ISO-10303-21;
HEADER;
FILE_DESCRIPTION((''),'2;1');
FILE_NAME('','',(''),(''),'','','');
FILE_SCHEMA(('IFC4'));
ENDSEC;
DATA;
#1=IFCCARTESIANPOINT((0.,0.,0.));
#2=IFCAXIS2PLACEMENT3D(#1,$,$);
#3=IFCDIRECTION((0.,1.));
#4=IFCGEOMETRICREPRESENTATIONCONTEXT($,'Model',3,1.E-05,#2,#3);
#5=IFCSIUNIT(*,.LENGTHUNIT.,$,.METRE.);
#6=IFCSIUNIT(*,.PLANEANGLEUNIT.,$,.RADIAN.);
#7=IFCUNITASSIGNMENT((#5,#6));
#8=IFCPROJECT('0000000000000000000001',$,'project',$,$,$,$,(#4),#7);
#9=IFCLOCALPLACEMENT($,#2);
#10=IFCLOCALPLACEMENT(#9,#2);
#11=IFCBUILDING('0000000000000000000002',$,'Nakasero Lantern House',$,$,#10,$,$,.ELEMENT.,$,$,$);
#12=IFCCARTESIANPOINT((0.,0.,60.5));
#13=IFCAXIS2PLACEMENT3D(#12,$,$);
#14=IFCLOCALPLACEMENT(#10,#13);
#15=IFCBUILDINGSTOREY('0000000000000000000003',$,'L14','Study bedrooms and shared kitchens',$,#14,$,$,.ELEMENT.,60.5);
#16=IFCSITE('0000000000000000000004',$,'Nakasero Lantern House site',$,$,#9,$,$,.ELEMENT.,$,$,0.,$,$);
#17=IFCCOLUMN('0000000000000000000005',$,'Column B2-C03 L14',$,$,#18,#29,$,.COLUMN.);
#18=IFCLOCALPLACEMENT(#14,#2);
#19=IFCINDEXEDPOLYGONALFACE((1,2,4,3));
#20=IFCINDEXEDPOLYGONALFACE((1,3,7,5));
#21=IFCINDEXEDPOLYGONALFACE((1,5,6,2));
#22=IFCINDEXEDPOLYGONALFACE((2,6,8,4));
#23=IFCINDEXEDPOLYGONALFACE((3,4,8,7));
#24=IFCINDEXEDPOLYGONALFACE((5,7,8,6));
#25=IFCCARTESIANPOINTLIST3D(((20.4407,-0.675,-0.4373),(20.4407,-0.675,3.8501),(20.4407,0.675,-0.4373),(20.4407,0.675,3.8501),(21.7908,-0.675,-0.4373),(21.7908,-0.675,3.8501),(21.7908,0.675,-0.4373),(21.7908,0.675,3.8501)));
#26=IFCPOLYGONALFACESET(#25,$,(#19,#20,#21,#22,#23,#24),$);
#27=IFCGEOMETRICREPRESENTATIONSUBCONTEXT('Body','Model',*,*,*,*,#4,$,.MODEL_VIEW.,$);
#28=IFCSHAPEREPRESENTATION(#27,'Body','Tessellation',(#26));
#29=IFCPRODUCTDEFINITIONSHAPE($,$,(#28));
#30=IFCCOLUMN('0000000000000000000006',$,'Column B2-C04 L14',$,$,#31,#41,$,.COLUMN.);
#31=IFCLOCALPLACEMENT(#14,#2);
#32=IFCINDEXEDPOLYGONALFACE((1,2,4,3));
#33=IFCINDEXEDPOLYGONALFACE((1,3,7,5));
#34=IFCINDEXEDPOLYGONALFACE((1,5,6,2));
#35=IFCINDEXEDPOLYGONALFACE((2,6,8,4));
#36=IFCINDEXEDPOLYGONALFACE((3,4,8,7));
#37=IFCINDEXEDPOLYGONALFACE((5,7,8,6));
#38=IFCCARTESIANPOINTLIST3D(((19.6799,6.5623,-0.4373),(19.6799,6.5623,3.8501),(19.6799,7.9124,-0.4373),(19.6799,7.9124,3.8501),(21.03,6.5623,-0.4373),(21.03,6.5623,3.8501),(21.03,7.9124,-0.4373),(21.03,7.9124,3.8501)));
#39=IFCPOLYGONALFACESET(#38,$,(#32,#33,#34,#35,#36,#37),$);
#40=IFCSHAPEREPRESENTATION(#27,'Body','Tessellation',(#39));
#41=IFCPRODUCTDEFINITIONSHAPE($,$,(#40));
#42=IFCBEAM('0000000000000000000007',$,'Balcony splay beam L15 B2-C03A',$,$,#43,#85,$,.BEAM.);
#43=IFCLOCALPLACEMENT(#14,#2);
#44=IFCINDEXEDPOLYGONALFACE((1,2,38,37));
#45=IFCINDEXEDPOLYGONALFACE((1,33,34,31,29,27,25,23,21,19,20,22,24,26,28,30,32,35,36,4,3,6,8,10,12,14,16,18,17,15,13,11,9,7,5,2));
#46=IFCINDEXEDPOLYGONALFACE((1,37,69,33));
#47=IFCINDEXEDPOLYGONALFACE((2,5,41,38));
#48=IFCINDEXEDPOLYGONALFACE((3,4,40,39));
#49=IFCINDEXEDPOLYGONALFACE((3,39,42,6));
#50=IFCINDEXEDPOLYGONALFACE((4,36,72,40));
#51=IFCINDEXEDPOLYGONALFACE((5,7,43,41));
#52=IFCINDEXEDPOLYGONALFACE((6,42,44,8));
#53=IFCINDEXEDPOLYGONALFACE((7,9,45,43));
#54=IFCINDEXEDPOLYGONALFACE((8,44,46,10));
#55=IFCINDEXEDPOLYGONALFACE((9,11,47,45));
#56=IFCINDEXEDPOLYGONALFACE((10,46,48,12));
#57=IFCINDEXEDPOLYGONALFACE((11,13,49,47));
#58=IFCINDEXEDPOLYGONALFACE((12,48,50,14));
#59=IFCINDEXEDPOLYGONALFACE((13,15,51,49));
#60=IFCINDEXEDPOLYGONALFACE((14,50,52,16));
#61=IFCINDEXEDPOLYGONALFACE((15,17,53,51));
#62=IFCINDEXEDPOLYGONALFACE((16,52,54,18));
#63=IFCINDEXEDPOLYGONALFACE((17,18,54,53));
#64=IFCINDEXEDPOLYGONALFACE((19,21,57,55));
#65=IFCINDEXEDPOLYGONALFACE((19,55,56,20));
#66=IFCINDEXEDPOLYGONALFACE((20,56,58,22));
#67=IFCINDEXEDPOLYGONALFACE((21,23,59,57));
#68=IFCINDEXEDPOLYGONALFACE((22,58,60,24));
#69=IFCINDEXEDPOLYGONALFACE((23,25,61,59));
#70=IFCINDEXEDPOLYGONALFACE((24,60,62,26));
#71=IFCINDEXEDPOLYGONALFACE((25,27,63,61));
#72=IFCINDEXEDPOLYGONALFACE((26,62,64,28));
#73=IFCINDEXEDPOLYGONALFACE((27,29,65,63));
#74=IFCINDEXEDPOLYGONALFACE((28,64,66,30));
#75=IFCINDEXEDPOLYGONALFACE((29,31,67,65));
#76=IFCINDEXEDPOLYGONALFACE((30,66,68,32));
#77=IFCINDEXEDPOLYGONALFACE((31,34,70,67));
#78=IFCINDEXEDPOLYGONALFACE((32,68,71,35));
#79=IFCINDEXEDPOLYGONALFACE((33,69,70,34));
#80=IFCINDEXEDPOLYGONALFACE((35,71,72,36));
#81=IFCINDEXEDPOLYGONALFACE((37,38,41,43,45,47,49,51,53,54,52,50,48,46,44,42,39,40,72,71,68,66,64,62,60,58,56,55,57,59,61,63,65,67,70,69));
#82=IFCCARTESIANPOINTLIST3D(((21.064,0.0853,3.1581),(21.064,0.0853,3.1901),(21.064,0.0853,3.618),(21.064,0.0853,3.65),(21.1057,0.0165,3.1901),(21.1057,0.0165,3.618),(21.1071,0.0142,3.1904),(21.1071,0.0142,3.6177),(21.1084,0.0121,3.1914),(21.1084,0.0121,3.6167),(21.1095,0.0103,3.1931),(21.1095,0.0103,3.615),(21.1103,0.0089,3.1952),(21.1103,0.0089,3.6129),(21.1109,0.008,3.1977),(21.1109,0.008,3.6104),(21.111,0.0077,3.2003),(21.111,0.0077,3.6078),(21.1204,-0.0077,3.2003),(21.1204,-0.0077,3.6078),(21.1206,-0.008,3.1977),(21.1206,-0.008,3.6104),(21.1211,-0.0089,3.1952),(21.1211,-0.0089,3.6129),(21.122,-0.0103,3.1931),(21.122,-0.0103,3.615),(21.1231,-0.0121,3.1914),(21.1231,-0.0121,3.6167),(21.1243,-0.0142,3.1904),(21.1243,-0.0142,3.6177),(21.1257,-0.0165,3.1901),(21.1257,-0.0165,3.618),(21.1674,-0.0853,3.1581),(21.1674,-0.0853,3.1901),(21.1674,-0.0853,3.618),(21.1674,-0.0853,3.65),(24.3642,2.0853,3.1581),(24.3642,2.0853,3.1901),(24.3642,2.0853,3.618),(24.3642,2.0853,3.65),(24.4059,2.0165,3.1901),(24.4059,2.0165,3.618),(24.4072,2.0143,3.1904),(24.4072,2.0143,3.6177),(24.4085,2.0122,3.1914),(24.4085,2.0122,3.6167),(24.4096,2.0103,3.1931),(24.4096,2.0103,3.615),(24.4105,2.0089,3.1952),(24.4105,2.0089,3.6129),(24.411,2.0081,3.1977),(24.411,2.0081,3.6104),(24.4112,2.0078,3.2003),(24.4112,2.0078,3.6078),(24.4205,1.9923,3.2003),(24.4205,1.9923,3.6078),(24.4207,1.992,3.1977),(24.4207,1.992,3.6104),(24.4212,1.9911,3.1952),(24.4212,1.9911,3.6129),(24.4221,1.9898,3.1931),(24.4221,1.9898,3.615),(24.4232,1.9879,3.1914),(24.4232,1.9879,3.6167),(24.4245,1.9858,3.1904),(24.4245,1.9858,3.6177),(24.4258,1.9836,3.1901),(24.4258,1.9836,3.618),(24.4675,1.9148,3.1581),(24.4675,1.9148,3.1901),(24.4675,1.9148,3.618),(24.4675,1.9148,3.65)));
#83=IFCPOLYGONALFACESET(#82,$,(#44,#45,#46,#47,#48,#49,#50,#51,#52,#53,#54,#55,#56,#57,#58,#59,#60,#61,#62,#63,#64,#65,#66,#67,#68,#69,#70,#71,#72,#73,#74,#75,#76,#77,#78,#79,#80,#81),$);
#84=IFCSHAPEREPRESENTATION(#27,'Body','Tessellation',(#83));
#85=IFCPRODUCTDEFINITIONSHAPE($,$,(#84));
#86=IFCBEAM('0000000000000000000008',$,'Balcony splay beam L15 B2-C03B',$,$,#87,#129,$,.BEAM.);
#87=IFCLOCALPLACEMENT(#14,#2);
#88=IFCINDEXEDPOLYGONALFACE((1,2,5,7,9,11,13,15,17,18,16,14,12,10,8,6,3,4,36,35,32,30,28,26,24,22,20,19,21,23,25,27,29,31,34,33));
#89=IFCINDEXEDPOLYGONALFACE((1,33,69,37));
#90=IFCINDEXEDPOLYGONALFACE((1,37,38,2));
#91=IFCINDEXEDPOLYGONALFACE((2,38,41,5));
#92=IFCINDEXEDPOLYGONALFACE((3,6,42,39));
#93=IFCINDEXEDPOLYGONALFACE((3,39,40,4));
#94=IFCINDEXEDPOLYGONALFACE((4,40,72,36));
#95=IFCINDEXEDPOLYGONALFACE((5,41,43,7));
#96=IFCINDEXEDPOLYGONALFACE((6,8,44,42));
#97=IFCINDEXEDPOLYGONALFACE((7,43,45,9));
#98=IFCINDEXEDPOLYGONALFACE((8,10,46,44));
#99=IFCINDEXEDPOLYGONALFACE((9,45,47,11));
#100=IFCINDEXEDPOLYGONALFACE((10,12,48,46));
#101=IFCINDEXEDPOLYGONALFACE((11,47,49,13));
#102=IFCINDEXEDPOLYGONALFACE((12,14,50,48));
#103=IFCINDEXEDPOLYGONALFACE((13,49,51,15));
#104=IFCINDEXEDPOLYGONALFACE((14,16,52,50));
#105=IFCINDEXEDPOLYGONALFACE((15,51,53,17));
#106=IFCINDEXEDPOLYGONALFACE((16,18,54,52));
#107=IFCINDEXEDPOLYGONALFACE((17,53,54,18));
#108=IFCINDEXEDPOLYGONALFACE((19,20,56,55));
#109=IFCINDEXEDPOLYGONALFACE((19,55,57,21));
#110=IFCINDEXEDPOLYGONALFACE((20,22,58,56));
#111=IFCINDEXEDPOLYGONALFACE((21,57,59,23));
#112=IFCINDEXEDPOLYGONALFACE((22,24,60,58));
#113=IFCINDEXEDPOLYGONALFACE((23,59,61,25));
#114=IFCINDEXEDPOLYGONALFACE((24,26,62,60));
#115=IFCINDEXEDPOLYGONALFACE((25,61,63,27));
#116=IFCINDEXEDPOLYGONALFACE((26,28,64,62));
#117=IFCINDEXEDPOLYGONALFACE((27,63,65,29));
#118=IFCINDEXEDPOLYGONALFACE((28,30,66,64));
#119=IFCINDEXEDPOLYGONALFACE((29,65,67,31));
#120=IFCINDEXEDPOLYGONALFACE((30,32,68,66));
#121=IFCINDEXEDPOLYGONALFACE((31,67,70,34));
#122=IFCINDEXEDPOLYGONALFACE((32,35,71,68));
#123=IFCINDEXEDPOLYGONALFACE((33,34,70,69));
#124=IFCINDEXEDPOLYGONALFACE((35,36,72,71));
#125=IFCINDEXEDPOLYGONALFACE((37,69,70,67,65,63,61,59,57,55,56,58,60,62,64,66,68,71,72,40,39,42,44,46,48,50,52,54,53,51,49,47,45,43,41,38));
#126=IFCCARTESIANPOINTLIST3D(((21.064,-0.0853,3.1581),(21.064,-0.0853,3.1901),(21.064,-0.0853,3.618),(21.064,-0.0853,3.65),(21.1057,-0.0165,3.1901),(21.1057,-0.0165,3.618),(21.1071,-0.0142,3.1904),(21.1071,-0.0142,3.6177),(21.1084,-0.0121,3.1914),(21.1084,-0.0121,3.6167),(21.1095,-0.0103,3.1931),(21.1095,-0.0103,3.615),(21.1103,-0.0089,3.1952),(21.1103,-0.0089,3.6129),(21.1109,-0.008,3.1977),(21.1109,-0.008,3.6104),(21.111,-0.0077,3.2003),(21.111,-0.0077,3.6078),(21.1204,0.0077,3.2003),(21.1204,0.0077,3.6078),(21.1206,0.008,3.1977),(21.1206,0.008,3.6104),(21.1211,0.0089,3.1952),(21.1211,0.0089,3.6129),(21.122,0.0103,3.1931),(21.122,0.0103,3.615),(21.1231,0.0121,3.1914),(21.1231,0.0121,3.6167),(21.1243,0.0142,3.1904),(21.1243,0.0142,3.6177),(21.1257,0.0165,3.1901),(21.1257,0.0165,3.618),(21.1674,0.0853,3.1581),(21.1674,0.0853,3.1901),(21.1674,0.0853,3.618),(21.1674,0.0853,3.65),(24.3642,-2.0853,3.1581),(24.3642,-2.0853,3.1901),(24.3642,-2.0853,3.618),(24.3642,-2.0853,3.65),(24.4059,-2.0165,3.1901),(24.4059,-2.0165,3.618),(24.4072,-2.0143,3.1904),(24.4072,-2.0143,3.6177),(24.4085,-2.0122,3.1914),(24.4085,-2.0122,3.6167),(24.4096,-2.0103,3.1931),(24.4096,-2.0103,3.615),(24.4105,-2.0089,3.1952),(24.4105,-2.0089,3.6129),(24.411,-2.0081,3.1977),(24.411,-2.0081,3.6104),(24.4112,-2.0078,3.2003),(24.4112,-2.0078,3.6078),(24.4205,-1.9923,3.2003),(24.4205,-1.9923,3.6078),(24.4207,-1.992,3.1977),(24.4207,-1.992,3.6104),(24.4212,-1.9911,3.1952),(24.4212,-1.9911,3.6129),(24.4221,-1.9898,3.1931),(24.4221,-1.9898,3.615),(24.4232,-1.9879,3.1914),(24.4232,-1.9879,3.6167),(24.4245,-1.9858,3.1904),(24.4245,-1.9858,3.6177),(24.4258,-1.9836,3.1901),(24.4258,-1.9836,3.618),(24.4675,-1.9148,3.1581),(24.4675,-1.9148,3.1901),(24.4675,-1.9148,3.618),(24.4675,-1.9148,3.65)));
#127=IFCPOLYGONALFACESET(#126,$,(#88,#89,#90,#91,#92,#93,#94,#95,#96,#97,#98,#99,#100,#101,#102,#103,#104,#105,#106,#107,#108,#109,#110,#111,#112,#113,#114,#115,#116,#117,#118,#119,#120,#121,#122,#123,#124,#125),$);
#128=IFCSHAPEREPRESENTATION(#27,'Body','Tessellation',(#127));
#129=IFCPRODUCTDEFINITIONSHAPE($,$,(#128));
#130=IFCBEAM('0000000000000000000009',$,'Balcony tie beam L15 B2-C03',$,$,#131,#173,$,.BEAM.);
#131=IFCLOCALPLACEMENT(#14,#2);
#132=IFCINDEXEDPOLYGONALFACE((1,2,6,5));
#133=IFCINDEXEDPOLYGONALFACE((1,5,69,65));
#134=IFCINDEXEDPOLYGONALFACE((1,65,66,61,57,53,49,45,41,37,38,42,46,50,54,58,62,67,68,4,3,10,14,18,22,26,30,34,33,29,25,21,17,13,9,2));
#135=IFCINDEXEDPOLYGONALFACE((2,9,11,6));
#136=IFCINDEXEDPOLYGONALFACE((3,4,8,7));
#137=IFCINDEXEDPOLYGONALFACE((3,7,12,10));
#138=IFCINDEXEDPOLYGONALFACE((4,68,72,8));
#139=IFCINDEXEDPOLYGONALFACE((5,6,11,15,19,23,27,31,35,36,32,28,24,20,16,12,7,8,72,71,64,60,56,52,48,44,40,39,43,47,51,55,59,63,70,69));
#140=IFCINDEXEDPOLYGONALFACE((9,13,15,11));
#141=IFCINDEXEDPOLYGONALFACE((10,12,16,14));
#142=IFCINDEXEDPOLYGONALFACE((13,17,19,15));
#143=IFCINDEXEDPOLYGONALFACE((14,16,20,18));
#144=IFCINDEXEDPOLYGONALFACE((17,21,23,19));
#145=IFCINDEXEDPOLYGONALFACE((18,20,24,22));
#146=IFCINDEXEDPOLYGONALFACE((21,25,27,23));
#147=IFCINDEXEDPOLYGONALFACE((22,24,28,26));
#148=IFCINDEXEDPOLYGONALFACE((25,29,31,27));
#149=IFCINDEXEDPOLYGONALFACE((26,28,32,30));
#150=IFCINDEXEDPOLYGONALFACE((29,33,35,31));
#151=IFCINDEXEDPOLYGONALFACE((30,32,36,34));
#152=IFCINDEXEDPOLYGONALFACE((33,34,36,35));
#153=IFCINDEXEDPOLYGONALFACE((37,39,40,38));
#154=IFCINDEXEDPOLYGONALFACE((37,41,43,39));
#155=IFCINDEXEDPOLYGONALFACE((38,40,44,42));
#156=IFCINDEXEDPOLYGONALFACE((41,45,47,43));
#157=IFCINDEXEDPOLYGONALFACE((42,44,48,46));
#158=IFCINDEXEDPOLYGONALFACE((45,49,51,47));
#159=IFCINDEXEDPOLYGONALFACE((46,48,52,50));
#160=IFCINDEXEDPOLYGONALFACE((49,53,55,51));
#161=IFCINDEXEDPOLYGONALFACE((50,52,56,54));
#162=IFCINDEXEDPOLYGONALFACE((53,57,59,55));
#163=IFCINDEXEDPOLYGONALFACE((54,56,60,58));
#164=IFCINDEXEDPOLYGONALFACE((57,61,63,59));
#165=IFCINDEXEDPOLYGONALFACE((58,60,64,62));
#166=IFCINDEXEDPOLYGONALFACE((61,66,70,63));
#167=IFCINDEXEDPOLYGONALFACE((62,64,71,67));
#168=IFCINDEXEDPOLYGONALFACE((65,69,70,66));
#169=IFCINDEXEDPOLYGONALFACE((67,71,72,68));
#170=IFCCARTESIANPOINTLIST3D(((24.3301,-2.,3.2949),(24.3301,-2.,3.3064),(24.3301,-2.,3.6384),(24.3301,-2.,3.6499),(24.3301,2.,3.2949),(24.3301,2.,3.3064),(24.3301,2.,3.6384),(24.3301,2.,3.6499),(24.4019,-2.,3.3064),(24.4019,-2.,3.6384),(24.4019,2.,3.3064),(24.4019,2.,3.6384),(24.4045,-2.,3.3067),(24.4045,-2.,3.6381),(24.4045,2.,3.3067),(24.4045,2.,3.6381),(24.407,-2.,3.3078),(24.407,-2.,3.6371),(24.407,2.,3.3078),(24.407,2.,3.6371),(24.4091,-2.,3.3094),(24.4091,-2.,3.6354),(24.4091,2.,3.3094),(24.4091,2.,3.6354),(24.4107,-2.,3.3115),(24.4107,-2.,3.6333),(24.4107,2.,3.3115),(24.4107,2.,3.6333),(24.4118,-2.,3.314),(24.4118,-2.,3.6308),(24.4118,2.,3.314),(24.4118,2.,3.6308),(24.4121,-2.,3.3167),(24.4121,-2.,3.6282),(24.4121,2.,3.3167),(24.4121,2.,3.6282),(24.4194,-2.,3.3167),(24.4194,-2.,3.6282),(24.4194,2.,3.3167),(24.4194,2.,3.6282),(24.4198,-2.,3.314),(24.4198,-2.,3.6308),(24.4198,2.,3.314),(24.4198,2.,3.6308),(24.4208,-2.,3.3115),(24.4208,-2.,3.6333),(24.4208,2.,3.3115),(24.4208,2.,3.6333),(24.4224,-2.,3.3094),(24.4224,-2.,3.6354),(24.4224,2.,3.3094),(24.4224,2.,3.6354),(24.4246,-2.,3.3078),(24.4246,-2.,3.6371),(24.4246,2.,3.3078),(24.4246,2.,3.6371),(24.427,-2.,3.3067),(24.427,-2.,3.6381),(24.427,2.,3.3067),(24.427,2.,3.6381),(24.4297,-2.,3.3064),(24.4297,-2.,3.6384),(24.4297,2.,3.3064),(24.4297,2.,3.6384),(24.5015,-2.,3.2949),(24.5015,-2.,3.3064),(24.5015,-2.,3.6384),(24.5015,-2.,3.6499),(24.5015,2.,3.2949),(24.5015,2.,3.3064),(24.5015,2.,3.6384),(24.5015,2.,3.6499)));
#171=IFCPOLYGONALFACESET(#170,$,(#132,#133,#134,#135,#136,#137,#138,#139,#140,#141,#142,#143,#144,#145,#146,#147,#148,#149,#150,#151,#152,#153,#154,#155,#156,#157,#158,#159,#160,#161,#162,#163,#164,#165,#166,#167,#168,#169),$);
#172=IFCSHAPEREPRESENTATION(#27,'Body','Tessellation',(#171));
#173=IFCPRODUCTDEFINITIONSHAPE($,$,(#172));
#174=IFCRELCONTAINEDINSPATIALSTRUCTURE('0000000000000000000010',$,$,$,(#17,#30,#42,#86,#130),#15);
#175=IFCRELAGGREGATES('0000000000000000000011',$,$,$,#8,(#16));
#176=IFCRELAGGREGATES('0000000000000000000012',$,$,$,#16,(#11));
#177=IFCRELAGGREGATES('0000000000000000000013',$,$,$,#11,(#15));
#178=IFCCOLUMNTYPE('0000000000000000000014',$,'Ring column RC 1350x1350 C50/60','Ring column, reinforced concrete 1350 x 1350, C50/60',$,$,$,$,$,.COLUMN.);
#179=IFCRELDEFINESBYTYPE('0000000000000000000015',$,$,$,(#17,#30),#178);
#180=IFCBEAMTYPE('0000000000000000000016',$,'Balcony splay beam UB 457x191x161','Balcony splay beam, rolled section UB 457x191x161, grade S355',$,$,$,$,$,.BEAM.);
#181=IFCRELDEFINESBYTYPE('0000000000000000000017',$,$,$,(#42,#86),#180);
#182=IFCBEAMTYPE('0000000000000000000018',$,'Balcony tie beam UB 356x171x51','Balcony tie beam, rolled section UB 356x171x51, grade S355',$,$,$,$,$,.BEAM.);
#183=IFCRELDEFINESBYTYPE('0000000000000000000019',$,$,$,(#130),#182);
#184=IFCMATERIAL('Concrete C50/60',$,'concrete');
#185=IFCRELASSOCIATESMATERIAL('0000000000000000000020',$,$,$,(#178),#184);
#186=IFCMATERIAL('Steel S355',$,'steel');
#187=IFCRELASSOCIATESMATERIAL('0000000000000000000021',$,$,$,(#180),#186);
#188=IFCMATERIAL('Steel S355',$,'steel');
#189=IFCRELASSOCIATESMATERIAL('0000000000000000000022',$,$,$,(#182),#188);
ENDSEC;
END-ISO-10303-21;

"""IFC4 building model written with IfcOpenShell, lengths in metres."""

from ifc_helpers import new_model, si_unit, direction, frame, origin, origin_2d, place, context, subcontext, project, spatial, rectangle, i_section, extrude, material, material_profile, profile_set, type_object, element, save


model = new_model("IFC4")

# Units and contexts
model_context = context("Model", 3, precision=1e-05, world=origin(), true_north=direction((0.0, 1.0)))
body_context = subcontext(model_context, "Body", "Model", "MODEL_VIEW")
ifc_project = project(units=[si_unit("LENGTHUNIT", "METRE"), si_unit("PLANEANGLEUNIT", "RADIAN")], contexts=[model_context])

# Site, building, storey
site_placement = place(None, origin())
site = spatial("IfcSite", under=ifc_project, at=site_placement, Name="Nakasero Lantern House site", CompositionType="ELEMENT", RefElevation=0.0)
building_placement = place(site_placement, origin())
building = spatial("IfcBuilding", under=site, at=building_placement, Name="Nakasero Lantern House", CompositionType="ELEMENT")
storey_placement = place(building_placement, frame((0.0, 0.0, 60.5)))
storey = spatial("IfcBuildingStorey", under=building, at=storey_placement, Name="L14", Description="Study bedrooms and shared kitchens", CompositionType="ELEMENT", Elevation=60.5)

# Columns
ifc_material_1 = material(Name="Concrete C50/60", Category="concrete")
ifc_material_profile_1 = material_profile(ifc_material_1, rectangle(XDim=1.3501, YDim=1.3501, at=origin_2d()), Name="RC 1350x1350")
ifc_profile_set_1 = profile_set([ifc_material_profile_1], Name="Concrete C50/60")
column_type = type_object("IfcColumnType", Name="Ring column RC 1350x1350 C50/60", Description="Ring column, reinforced concrete 1350 x 1350, C50/60", PredefinedType="COLUMN", material=ifc_profile_set_1)
for number, where, z_axis, x_axis, name in (
    (1, (21.1157, 0.0, -0.4373), (0.0, 0.0, 1.0), (1.0, 0.0, 0.0), "Column B2-C03 L14"),
    (2, (20.355, 7.2373, -0.4373), (0.0, 0.0, 1.0), (1.0, 0.0, 0.0), "Column B2-C04 L14"),
):
    element("IfcColumn", number, at=place(storey_placement, frame(where, z_axis=z_axis, x_axis=x_axis)), inside=storey, type_object=column_type, Name=name, PredefinedType="COLUMN", context=body_context, shape_type="SweptSolid", body=[
        extrude(rectangle(XDim=1.3501, YDim=1.3501, at=origin_2d()), origin(), (0.0, 0.0, 1.0), 4.2874),
    ])

# Beams
ifc_material_2 = material(Name="Steel S355", Category="steel")
ifc_material_profile_2 = material_profile(ifc_material_2, i_section(OverallWidth=0.1995, OverallDepth=0.4919, WebThickness=0.0181, FlangeThickness=0.032, FilletRadius=0.0103, at=origin_2d()), Name="UB 457x191x161")
ifc_profile_set_2 = profile_set([ifc_material_profile_2], Name="Steel S355")
beam_type_1 = type_object("IfcBeamType", Name="Balcony splay beam UB 457x191x161", Description="Balcony splay beam, rolled section UB 457x191x161, grade S355", PredefinedType="BEAM", material=ifc_profile_set_2)
for number, where, z_axis, x_axis, name in (
    (3, (21.1157, 0.0, 3.4041), (0.855201, 0.518296, 0.0), (-0.518296, 0.855201, 0.0), "Balcony splay beam L15 B2-C03A"),
    (4, (21.1157, 0.0, 3.4041), (0.855201, -0.518296, 0.0), (0.518296, 0.855201, 0.0), "Balcony splay beam L15 B2-C03B"),
):
    element("IfcBeam", number, at=place(storey_placement, frame(where, z_axis=z_axis, x_axis=x_axis)), inside=storey, type_object=beam_type_1, Name=name, PredefinedType="BEAM", context=body_context, shape_type="SweptSolid", body=[
        extrude(i_section(OverallWidth=0.1995, OverallDepth=0.4919, WebThickness=0.0181, FlangeThickness=0.032, FilletRadius=0.0103, at=origin_2d()), origin(), (0.0, 0.0, 1.0), 3.8589),
    ])
ifc_material_3 = material(Name="Steel S355", Category="steel")
ifc_material_profile_3 = material_profile(ifc_material_3, i_section(OverallWidth=0.1714, OverallDepth=0.355, WebThickness=0.0073, FlangeThickness=0.0115, FilletRadius=0.0103, at=origin_2d()), Name="UB 356x171x51")
ifc_profile_set_3 = profile_set([ifc_material_profile_3], Name="Steel S355")
beam_type_2 = type_object("IfcBeamType", Name="Balcony tie beam UB 356x171x51", Description="Balcony tie beam, rolled section UB 356x171x51, grade S355", PredefinedType="BEAM", material=ifc_profile_set_3)
beam_1_placement = place(storey_placement, frame((24.4158, 2.0, 3.4724), z_axis=(0.0, -1.0, 0.0), x_axis=(1.0, 0.0, 0.0)))
element("IfcBeam", 5, at=beam_1_placement, inside=storey, type_object=beam_type_2, Name="Balcony tie beam L15 B2-C03", PredefinedType="BEAM", context=body_context, shape_type="SweptSolid", body=[
    extrude(i_section(OverallWidth=0.1714, OverallDepth=0.355, WebThickness=0.0073, FlangeThickness=0.0115, FilletRadius=0.0103, at=origin_2d()), origin(), (0.0, 0.0, 1.0), 4.0),
])

save(model, "model.ifc")
